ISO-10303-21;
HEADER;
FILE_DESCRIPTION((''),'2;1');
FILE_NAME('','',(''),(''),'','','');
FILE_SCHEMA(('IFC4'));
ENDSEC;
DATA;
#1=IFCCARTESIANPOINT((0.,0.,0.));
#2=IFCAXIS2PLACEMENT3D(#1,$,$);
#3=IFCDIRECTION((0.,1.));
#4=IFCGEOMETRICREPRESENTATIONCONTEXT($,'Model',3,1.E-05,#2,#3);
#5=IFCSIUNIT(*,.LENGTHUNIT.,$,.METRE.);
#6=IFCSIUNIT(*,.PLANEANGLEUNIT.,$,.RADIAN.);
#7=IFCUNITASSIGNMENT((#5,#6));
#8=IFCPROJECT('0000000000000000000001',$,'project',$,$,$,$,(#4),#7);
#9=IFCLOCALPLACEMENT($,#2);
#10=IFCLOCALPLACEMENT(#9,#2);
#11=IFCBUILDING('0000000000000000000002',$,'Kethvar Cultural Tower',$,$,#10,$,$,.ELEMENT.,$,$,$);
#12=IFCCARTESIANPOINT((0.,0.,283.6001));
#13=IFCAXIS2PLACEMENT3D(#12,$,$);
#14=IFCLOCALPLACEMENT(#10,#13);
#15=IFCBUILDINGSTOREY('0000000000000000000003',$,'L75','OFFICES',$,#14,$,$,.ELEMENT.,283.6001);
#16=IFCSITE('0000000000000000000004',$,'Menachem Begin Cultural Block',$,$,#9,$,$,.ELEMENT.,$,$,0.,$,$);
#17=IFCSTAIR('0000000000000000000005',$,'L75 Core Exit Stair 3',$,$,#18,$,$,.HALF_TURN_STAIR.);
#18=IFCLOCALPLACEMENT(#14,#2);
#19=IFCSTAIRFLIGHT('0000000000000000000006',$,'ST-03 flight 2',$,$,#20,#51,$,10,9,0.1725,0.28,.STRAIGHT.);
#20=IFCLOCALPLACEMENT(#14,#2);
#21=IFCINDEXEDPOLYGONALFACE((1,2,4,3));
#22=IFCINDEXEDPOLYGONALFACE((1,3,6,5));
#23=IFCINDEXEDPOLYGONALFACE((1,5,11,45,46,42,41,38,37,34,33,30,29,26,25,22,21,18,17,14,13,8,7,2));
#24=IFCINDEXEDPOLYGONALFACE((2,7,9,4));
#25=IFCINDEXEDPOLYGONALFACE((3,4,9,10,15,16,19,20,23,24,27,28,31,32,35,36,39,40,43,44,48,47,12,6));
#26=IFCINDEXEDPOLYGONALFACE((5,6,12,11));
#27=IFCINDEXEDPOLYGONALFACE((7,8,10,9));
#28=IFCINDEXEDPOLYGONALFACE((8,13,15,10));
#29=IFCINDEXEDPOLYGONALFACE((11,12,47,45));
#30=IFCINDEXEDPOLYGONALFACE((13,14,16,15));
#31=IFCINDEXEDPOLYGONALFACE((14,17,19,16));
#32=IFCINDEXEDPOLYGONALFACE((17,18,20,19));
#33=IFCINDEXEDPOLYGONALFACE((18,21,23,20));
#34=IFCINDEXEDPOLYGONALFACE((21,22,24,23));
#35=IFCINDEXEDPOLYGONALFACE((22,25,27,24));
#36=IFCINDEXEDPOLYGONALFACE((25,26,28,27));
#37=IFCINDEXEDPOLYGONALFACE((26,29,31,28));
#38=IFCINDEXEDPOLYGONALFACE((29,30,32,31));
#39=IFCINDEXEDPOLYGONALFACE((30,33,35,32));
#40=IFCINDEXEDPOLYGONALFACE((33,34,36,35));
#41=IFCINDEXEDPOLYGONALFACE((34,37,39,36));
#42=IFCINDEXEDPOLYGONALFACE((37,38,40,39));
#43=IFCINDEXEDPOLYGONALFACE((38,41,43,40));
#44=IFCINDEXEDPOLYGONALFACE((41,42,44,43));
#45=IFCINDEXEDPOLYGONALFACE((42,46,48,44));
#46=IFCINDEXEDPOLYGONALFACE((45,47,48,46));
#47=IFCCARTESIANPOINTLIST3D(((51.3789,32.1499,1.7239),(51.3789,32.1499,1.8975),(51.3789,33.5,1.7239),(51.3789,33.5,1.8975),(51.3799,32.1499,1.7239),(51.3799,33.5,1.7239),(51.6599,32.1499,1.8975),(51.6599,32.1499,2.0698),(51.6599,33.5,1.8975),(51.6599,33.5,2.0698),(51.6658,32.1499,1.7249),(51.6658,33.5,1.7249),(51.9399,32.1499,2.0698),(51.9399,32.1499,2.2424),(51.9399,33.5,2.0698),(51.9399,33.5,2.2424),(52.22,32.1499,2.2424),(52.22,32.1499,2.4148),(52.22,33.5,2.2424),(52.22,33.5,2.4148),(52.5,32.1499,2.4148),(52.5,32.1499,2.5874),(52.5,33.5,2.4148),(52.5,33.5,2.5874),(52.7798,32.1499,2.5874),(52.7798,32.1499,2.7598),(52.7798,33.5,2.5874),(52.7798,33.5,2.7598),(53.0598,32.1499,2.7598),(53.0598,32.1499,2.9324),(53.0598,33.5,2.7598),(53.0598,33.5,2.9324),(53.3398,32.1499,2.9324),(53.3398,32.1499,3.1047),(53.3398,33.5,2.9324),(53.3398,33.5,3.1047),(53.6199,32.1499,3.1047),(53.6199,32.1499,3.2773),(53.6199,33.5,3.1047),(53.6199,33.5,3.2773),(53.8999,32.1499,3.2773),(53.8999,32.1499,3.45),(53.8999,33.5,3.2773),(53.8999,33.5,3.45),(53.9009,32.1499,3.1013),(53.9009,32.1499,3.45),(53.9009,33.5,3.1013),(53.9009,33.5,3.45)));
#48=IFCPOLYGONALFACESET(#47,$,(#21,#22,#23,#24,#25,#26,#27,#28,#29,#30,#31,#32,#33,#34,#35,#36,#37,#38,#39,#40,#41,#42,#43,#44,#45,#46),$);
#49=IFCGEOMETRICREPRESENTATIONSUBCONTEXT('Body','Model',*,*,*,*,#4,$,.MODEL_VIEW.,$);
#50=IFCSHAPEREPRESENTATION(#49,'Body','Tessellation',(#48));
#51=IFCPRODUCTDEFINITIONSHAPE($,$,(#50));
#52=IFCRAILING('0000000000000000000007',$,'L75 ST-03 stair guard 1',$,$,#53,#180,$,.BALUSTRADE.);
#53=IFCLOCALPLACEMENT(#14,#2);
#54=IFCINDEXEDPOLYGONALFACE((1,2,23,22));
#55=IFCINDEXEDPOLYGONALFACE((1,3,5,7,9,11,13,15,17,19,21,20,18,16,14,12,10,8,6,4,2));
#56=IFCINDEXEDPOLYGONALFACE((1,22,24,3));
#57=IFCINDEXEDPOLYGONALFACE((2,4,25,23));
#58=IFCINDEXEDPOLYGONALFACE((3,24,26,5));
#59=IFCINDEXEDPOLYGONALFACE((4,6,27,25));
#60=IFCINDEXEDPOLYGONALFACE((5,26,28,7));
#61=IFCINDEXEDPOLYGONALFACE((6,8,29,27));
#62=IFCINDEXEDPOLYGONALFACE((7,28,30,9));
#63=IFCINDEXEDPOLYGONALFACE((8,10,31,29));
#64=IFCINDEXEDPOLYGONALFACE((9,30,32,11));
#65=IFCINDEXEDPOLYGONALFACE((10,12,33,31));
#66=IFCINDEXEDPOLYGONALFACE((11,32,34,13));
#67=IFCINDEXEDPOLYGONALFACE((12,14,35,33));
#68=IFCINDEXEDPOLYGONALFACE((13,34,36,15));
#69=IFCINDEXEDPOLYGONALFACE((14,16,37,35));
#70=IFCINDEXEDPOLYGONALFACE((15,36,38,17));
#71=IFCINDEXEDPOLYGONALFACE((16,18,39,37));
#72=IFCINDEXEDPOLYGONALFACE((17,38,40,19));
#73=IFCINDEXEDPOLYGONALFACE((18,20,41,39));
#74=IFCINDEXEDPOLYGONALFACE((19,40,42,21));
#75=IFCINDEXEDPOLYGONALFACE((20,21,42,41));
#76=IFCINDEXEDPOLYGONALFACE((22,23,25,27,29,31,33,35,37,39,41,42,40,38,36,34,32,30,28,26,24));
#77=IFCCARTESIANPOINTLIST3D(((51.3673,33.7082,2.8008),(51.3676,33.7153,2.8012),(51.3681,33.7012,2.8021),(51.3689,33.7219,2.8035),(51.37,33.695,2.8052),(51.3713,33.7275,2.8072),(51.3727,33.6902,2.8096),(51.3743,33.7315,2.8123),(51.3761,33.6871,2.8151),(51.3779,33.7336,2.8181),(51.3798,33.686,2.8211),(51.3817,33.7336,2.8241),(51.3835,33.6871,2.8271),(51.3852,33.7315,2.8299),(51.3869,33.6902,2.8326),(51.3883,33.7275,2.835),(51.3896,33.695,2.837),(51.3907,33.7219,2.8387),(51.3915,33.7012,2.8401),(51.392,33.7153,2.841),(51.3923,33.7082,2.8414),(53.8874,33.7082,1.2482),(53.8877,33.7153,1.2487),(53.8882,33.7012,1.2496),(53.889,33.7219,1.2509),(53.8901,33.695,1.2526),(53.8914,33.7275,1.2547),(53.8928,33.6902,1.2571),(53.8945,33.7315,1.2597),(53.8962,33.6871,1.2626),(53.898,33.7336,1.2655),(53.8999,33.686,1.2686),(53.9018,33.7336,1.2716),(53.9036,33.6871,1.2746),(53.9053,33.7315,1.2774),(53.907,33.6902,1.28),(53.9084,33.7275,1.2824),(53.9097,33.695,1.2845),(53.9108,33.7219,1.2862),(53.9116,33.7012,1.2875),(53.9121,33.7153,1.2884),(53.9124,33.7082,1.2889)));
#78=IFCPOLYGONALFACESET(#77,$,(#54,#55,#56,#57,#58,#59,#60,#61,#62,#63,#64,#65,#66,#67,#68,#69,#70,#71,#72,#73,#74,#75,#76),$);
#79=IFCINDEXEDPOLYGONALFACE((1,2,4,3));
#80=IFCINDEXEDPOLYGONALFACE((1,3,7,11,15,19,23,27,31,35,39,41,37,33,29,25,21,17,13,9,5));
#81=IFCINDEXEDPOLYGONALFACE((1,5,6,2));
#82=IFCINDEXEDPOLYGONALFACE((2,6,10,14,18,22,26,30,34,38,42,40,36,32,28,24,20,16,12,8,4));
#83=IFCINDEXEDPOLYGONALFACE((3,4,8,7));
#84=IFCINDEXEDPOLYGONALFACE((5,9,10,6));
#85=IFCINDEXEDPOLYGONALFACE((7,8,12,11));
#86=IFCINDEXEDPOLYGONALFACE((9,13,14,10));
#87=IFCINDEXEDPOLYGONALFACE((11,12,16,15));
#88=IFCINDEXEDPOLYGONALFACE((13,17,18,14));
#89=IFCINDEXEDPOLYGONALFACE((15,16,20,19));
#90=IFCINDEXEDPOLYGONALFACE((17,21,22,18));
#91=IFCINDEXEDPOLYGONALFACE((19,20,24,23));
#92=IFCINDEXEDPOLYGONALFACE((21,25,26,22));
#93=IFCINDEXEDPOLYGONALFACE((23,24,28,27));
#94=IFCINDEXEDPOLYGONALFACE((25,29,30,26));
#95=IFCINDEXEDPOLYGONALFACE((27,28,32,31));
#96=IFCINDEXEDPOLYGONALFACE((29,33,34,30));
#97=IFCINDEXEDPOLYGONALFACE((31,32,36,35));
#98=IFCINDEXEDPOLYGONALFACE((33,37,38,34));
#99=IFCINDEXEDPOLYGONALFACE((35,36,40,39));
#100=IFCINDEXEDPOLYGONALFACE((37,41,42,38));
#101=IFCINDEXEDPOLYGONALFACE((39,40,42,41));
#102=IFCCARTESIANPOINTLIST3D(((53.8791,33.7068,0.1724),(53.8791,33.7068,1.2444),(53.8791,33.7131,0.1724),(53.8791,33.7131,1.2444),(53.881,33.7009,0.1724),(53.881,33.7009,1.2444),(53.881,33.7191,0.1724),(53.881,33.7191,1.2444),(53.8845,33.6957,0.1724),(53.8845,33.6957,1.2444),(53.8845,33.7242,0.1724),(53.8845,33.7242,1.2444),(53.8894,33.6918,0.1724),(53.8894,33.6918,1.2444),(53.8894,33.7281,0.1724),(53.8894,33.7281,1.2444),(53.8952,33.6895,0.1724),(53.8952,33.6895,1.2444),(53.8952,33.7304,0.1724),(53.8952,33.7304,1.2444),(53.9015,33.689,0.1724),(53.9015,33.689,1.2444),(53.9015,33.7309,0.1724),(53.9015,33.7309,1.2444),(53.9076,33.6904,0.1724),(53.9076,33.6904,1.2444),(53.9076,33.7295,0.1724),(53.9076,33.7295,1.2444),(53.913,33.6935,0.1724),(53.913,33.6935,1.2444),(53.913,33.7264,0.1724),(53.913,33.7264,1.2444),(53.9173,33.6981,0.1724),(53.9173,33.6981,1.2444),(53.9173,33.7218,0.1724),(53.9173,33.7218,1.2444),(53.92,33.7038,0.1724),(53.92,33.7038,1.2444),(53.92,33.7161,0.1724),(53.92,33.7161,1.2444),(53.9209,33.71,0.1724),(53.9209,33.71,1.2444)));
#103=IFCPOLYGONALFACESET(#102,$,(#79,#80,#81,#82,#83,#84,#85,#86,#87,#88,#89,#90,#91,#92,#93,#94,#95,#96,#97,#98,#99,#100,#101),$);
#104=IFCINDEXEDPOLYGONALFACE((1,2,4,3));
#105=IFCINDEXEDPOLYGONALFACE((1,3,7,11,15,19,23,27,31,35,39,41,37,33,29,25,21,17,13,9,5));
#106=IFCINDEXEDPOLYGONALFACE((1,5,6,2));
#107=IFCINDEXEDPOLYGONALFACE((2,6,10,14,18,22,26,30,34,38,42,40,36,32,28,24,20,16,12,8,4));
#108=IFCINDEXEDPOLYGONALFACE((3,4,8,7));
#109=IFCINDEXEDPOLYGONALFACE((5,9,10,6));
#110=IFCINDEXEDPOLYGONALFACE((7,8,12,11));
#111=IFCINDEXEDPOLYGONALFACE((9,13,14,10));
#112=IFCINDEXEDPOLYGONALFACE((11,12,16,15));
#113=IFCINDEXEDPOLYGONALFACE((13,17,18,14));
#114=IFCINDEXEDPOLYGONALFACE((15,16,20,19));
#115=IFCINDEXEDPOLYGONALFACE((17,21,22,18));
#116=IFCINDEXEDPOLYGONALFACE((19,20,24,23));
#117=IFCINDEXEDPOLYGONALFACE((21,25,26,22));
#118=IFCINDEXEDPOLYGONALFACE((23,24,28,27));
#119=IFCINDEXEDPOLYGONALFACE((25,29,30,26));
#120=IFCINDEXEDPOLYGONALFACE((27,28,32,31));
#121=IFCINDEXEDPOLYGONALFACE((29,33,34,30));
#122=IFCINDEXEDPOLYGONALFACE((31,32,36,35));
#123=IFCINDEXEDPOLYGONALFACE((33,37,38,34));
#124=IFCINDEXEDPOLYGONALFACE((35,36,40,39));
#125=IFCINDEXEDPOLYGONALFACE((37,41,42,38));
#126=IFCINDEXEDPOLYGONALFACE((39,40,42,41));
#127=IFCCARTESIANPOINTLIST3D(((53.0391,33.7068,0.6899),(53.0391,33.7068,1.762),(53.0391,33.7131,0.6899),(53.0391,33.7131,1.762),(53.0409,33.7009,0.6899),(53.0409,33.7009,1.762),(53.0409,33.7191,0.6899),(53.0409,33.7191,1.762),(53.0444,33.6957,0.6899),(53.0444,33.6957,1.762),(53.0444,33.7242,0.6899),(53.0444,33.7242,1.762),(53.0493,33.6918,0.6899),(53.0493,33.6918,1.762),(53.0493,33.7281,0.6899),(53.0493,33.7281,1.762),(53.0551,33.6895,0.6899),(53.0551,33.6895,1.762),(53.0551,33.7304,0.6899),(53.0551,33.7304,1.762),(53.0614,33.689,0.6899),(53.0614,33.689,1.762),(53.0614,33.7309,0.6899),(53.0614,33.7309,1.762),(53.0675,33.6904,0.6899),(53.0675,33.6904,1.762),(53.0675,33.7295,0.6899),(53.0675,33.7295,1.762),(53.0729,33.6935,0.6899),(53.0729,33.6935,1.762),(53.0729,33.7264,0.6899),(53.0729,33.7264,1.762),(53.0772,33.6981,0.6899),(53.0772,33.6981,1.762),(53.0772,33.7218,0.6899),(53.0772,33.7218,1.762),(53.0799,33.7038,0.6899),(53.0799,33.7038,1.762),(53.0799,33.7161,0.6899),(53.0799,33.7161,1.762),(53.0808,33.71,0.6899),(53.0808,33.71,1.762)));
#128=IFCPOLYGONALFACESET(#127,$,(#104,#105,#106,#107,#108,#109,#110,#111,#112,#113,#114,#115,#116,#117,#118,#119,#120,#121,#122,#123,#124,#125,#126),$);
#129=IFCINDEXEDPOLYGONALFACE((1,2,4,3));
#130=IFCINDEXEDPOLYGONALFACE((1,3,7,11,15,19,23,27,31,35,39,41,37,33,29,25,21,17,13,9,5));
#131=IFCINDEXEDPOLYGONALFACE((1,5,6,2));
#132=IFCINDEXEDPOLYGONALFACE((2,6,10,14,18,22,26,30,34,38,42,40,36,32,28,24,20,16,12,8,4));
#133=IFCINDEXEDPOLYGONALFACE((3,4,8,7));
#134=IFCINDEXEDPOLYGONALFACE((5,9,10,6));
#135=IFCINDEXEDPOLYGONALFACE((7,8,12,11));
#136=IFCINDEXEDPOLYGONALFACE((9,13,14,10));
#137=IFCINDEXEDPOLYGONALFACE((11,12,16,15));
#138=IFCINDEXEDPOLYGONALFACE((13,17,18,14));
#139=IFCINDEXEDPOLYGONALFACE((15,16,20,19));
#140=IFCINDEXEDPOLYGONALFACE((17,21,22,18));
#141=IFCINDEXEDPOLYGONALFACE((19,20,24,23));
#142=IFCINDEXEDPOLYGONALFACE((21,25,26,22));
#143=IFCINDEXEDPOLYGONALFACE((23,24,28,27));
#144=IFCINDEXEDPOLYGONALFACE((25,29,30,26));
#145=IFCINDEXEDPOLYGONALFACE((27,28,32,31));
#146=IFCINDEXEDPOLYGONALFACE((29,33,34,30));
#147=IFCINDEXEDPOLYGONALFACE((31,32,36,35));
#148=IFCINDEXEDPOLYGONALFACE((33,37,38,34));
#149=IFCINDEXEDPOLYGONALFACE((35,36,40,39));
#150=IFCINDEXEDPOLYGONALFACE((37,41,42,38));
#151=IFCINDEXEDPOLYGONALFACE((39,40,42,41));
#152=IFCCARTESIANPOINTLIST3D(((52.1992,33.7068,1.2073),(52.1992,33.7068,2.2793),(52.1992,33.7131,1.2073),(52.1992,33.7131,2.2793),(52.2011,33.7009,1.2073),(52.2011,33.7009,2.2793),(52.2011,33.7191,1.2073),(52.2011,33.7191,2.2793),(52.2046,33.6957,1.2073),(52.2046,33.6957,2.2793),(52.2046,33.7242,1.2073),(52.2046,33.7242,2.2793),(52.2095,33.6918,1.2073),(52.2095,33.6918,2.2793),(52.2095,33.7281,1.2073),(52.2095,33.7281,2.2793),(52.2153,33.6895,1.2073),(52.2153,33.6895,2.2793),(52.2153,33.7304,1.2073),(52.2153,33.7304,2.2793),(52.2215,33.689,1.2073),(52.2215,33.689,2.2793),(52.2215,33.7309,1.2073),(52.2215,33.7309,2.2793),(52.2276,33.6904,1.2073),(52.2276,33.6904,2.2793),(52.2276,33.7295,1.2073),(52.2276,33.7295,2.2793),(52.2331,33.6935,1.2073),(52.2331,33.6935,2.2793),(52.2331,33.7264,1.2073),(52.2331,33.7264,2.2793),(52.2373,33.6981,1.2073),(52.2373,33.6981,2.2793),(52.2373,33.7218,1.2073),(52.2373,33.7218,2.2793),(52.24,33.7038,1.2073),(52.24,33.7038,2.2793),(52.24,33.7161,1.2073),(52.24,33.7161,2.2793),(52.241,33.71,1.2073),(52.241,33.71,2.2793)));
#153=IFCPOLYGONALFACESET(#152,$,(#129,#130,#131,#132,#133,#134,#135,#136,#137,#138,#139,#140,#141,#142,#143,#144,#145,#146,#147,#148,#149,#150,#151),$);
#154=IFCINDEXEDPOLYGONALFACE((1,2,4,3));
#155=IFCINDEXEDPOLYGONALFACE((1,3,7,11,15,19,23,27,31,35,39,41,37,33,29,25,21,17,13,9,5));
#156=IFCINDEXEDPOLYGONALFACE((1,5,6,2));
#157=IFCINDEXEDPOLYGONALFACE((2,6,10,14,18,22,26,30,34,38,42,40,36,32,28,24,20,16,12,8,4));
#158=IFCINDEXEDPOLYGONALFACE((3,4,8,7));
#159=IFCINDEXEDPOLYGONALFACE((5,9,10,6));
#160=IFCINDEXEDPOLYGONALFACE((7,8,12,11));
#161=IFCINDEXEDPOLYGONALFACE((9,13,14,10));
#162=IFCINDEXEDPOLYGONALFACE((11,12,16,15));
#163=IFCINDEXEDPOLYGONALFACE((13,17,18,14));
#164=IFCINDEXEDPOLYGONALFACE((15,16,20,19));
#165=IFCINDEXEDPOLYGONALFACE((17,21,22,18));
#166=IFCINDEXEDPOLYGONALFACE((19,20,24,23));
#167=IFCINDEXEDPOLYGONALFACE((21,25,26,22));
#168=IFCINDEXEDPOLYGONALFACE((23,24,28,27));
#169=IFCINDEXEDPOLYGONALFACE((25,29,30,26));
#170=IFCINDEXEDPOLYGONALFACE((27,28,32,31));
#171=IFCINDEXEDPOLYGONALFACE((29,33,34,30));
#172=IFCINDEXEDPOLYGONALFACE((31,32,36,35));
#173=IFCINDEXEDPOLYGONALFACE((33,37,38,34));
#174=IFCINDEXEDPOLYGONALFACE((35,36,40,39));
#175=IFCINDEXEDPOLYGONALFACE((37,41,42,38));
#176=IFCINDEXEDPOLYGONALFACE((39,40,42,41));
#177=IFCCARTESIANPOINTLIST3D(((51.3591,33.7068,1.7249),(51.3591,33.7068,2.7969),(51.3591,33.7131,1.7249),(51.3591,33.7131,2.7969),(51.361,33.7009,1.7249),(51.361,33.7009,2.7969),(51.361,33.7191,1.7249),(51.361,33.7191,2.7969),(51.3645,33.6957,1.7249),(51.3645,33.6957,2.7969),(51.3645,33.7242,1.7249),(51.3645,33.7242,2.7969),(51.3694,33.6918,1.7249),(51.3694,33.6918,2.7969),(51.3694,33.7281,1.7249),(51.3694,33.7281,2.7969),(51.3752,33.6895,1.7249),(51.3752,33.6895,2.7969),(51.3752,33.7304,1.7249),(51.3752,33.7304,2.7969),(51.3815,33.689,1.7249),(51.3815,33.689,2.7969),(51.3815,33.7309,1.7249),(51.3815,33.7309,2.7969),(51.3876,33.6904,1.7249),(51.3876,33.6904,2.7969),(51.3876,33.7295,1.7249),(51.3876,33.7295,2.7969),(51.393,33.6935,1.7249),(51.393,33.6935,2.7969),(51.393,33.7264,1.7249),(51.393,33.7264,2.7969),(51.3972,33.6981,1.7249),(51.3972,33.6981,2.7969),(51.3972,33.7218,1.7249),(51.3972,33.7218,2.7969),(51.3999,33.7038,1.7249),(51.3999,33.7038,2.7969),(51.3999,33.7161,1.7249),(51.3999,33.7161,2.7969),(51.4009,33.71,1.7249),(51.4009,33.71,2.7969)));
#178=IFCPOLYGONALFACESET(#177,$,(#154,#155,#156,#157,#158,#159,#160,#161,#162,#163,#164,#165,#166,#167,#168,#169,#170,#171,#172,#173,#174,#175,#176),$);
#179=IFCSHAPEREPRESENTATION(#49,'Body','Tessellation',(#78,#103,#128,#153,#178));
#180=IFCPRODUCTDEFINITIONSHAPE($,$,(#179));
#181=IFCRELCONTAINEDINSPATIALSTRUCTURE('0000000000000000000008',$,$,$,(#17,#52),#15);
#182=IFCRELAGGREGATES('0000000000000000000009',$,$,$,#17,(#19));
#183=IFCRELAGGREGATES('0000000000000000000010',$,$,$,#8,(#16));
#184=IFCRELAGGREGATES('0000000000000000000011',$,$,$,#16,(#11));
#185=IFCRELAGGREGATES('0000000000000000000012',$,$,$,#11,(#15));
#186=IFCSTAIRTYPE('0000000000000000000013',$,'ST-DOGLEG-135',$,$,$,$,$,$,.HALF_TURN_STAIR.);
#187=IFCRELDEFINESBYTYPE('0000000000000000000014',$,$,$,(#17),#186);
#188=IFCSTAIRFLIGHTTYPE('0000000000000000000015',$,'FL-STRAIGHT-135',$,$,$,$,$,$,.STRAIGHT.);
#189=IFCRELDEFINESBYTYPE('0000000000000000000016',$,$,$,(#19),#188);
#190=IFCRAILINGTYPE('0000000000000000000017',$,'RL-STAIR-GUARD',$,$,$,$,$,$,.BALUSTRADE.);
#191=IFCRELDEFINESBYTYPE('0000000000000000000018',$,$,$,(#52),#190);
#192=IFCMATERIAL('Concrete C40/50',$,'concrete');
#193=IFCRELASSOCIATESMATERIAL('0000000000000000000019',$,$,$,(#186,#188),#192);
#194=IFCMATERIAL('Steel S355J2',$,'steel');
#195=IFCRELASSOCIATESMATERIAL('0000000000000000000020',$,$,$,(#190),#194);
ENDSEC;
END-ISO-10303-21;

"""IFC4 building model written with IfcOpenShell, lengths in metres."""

from ifc_helpers import new_model, si_unit, direction, frame, origin, origin_2d, place, context, subcontext, project, spatial, polyline, circle, outline, extrude, material, type_object, element, aggregate, save


model = new_model("IFC4")

# Units and contexts
model_context = context("Model", 3, precision=1e-05, world=origin(), true_north=direction((0.0, 1.0)))
body_context = subcontext(model_context, "Body", "Model", "MODEL_VIEW")
ifc_project = project(units=[si_unit("LENGTHUNIT", "METRE"), si_unit("PLANEANGLEUNIT", "RADIAN")], contexts=[model_context])

# Site, building, storey
site_placement = place(None, origin())
site = spatial("IfcSite", under=ifc_project, at=site_placement, Name="Menachem Begin Cultural Block", CompositionType="ELEMENT", RefElevation=0.0)
building_placement = place(site_placement, origin())
building = spatial("IfcBuilding", under=site, at=building_placement, Name="Kethvar Cultural Tower", CompositionType="ELEMENT")
storey_placement = place(building_placement, frame((0.0, 0.0, 283.6001)))
storey = spatial("IfcBuildingStorey", under=building, at=storey_placement, Name="L75", Description="OFFICES", CompositionType="ELEMENT", Elevation=283.6001)

# Shared definitions
ifc_material_1 = material(Name="Steel S355J2", Category="steel")

# Shared definitions
ifc_material_2 = material(Name="Concrete C40/50", Category="concrete")

# Stair, stair flight
stair_type = type_object("IfcStairType", Name="ST-DOGLEG-135", PredefinedType="HALF_TURN_STAIR", material=ifc_material_2)
stair_placement = place(storey_placement, origin())
stair = element("IfcStair", 1, at=stair_placement, inside=storey, type_object=stair_type, Name="L75 Core Exit Stair 3", PredefinedType="HALF_TURN_STAIR")
stair_flight_type = type_object("IfcStairFlightType", Name="FL-STRAIGHT-135", PredefinedType="STRAIGHT", material=ifc_material_2)
stair_flight_1_placement = place(storey_placement, frame((51.3799, 32.825, 1.7249), z_axis=(0.0, 0.0, 1.0), x_axis=(1.0, 0.0, 0.0)))
stair_flight_1 = element("IfcStairFlight", 2, at=stair_flight_1_placement, type_object=stair_flight_type, Name="ST-03 flight 2", NumberOfRisers=10, NumberOfTreads=9, PredefinedType="STRAIGHT", RiserHeight=0.1725, TreadLength=0.28, context=body_context, shape_type="SweptSolid", body=[
    extrude(outline(polyline([(-0.001, -0.001), (-0.001, 0.1726), (0.28, 0.1726), (0.28, 0.345), (0.5601, 0.345), (0.5601, 0.5176), (0.8401, 0.5176), (0.8401, 0.6899), (1.1201, 0.6899), (1.1201, 0.8625), (1.3999, 0.8625), (1.3999, 1.0349), (1.6799, 1.0349), (1.6799, 1.2075), (1.96, 1.2075), (1.96, 1.3799), (2.24, 1.3799), (2.24, 1.5525), (2.52, 1.5525), (2.52, 1.7251), (2.521, 1.7251), (2.521, 1.3765), (0.2859, 0.0), (0.0, -0.001), (-0.001, -0.001)])), frame((0.0, 0.675, 0.0), z_axis=(0.0, -1.0, 0.0), x_axis=(1.0, 0.0, 0.0)), (0.0, 0.0, 1.0), 1.3501),
])
aggregate(stair, [stair_flight_1])

# Railing
railing_type_1 = type_object("IfcRailingType", Name="RL-STAIR-GUARD", PredefinedType="BALUSTRADE", material=ifc_material_1)
railing_1_placement = place(storey_placement, frame((53.8999, 33.71, 0.1724)))
element("IfcRailing", 3, at=railing_1_placement, inside=storey, type_object=railing_type_1, Name="L75 ST-03 stair guard 1", PredefinedType="BALUSTRADE", context=body_context, shape_type="SweptSolid", body=[
    extrude(circle(Radius=0.0239, at=origin_2d()), frame((0.0, 0.0, 1.0962), z_axis=(-0.8514, 0.0, 0.524516), x_axis=(0.0, -1.0, 0.0)), (0.0, 0.0, 1.0), 2.96),
    extrude(circle(Radius=0.021, at=origin_2d()), origin(), (0.0, 0.0, 1.0), 1.072),
    extrude(circle(Radius=0.021, at=origin_2d()), frame((-0.8401, 0.0, 0.5176)), (0.0, 0.0, 1.0), 1.072),
    extrude(circle(Radius=0.021, at=origin_2d()), frame((-1.6799, 0.0, 1.0349)), (0.0, 0.0, 1.0), 1.072),
    extrude(circle(Radius=0.021, at=origin_2d()), frame((-2.52, 0.0, 1.5525)), (0.0, 0.0, 1.0), 1.072),
])

save(model, "model.ifc")
